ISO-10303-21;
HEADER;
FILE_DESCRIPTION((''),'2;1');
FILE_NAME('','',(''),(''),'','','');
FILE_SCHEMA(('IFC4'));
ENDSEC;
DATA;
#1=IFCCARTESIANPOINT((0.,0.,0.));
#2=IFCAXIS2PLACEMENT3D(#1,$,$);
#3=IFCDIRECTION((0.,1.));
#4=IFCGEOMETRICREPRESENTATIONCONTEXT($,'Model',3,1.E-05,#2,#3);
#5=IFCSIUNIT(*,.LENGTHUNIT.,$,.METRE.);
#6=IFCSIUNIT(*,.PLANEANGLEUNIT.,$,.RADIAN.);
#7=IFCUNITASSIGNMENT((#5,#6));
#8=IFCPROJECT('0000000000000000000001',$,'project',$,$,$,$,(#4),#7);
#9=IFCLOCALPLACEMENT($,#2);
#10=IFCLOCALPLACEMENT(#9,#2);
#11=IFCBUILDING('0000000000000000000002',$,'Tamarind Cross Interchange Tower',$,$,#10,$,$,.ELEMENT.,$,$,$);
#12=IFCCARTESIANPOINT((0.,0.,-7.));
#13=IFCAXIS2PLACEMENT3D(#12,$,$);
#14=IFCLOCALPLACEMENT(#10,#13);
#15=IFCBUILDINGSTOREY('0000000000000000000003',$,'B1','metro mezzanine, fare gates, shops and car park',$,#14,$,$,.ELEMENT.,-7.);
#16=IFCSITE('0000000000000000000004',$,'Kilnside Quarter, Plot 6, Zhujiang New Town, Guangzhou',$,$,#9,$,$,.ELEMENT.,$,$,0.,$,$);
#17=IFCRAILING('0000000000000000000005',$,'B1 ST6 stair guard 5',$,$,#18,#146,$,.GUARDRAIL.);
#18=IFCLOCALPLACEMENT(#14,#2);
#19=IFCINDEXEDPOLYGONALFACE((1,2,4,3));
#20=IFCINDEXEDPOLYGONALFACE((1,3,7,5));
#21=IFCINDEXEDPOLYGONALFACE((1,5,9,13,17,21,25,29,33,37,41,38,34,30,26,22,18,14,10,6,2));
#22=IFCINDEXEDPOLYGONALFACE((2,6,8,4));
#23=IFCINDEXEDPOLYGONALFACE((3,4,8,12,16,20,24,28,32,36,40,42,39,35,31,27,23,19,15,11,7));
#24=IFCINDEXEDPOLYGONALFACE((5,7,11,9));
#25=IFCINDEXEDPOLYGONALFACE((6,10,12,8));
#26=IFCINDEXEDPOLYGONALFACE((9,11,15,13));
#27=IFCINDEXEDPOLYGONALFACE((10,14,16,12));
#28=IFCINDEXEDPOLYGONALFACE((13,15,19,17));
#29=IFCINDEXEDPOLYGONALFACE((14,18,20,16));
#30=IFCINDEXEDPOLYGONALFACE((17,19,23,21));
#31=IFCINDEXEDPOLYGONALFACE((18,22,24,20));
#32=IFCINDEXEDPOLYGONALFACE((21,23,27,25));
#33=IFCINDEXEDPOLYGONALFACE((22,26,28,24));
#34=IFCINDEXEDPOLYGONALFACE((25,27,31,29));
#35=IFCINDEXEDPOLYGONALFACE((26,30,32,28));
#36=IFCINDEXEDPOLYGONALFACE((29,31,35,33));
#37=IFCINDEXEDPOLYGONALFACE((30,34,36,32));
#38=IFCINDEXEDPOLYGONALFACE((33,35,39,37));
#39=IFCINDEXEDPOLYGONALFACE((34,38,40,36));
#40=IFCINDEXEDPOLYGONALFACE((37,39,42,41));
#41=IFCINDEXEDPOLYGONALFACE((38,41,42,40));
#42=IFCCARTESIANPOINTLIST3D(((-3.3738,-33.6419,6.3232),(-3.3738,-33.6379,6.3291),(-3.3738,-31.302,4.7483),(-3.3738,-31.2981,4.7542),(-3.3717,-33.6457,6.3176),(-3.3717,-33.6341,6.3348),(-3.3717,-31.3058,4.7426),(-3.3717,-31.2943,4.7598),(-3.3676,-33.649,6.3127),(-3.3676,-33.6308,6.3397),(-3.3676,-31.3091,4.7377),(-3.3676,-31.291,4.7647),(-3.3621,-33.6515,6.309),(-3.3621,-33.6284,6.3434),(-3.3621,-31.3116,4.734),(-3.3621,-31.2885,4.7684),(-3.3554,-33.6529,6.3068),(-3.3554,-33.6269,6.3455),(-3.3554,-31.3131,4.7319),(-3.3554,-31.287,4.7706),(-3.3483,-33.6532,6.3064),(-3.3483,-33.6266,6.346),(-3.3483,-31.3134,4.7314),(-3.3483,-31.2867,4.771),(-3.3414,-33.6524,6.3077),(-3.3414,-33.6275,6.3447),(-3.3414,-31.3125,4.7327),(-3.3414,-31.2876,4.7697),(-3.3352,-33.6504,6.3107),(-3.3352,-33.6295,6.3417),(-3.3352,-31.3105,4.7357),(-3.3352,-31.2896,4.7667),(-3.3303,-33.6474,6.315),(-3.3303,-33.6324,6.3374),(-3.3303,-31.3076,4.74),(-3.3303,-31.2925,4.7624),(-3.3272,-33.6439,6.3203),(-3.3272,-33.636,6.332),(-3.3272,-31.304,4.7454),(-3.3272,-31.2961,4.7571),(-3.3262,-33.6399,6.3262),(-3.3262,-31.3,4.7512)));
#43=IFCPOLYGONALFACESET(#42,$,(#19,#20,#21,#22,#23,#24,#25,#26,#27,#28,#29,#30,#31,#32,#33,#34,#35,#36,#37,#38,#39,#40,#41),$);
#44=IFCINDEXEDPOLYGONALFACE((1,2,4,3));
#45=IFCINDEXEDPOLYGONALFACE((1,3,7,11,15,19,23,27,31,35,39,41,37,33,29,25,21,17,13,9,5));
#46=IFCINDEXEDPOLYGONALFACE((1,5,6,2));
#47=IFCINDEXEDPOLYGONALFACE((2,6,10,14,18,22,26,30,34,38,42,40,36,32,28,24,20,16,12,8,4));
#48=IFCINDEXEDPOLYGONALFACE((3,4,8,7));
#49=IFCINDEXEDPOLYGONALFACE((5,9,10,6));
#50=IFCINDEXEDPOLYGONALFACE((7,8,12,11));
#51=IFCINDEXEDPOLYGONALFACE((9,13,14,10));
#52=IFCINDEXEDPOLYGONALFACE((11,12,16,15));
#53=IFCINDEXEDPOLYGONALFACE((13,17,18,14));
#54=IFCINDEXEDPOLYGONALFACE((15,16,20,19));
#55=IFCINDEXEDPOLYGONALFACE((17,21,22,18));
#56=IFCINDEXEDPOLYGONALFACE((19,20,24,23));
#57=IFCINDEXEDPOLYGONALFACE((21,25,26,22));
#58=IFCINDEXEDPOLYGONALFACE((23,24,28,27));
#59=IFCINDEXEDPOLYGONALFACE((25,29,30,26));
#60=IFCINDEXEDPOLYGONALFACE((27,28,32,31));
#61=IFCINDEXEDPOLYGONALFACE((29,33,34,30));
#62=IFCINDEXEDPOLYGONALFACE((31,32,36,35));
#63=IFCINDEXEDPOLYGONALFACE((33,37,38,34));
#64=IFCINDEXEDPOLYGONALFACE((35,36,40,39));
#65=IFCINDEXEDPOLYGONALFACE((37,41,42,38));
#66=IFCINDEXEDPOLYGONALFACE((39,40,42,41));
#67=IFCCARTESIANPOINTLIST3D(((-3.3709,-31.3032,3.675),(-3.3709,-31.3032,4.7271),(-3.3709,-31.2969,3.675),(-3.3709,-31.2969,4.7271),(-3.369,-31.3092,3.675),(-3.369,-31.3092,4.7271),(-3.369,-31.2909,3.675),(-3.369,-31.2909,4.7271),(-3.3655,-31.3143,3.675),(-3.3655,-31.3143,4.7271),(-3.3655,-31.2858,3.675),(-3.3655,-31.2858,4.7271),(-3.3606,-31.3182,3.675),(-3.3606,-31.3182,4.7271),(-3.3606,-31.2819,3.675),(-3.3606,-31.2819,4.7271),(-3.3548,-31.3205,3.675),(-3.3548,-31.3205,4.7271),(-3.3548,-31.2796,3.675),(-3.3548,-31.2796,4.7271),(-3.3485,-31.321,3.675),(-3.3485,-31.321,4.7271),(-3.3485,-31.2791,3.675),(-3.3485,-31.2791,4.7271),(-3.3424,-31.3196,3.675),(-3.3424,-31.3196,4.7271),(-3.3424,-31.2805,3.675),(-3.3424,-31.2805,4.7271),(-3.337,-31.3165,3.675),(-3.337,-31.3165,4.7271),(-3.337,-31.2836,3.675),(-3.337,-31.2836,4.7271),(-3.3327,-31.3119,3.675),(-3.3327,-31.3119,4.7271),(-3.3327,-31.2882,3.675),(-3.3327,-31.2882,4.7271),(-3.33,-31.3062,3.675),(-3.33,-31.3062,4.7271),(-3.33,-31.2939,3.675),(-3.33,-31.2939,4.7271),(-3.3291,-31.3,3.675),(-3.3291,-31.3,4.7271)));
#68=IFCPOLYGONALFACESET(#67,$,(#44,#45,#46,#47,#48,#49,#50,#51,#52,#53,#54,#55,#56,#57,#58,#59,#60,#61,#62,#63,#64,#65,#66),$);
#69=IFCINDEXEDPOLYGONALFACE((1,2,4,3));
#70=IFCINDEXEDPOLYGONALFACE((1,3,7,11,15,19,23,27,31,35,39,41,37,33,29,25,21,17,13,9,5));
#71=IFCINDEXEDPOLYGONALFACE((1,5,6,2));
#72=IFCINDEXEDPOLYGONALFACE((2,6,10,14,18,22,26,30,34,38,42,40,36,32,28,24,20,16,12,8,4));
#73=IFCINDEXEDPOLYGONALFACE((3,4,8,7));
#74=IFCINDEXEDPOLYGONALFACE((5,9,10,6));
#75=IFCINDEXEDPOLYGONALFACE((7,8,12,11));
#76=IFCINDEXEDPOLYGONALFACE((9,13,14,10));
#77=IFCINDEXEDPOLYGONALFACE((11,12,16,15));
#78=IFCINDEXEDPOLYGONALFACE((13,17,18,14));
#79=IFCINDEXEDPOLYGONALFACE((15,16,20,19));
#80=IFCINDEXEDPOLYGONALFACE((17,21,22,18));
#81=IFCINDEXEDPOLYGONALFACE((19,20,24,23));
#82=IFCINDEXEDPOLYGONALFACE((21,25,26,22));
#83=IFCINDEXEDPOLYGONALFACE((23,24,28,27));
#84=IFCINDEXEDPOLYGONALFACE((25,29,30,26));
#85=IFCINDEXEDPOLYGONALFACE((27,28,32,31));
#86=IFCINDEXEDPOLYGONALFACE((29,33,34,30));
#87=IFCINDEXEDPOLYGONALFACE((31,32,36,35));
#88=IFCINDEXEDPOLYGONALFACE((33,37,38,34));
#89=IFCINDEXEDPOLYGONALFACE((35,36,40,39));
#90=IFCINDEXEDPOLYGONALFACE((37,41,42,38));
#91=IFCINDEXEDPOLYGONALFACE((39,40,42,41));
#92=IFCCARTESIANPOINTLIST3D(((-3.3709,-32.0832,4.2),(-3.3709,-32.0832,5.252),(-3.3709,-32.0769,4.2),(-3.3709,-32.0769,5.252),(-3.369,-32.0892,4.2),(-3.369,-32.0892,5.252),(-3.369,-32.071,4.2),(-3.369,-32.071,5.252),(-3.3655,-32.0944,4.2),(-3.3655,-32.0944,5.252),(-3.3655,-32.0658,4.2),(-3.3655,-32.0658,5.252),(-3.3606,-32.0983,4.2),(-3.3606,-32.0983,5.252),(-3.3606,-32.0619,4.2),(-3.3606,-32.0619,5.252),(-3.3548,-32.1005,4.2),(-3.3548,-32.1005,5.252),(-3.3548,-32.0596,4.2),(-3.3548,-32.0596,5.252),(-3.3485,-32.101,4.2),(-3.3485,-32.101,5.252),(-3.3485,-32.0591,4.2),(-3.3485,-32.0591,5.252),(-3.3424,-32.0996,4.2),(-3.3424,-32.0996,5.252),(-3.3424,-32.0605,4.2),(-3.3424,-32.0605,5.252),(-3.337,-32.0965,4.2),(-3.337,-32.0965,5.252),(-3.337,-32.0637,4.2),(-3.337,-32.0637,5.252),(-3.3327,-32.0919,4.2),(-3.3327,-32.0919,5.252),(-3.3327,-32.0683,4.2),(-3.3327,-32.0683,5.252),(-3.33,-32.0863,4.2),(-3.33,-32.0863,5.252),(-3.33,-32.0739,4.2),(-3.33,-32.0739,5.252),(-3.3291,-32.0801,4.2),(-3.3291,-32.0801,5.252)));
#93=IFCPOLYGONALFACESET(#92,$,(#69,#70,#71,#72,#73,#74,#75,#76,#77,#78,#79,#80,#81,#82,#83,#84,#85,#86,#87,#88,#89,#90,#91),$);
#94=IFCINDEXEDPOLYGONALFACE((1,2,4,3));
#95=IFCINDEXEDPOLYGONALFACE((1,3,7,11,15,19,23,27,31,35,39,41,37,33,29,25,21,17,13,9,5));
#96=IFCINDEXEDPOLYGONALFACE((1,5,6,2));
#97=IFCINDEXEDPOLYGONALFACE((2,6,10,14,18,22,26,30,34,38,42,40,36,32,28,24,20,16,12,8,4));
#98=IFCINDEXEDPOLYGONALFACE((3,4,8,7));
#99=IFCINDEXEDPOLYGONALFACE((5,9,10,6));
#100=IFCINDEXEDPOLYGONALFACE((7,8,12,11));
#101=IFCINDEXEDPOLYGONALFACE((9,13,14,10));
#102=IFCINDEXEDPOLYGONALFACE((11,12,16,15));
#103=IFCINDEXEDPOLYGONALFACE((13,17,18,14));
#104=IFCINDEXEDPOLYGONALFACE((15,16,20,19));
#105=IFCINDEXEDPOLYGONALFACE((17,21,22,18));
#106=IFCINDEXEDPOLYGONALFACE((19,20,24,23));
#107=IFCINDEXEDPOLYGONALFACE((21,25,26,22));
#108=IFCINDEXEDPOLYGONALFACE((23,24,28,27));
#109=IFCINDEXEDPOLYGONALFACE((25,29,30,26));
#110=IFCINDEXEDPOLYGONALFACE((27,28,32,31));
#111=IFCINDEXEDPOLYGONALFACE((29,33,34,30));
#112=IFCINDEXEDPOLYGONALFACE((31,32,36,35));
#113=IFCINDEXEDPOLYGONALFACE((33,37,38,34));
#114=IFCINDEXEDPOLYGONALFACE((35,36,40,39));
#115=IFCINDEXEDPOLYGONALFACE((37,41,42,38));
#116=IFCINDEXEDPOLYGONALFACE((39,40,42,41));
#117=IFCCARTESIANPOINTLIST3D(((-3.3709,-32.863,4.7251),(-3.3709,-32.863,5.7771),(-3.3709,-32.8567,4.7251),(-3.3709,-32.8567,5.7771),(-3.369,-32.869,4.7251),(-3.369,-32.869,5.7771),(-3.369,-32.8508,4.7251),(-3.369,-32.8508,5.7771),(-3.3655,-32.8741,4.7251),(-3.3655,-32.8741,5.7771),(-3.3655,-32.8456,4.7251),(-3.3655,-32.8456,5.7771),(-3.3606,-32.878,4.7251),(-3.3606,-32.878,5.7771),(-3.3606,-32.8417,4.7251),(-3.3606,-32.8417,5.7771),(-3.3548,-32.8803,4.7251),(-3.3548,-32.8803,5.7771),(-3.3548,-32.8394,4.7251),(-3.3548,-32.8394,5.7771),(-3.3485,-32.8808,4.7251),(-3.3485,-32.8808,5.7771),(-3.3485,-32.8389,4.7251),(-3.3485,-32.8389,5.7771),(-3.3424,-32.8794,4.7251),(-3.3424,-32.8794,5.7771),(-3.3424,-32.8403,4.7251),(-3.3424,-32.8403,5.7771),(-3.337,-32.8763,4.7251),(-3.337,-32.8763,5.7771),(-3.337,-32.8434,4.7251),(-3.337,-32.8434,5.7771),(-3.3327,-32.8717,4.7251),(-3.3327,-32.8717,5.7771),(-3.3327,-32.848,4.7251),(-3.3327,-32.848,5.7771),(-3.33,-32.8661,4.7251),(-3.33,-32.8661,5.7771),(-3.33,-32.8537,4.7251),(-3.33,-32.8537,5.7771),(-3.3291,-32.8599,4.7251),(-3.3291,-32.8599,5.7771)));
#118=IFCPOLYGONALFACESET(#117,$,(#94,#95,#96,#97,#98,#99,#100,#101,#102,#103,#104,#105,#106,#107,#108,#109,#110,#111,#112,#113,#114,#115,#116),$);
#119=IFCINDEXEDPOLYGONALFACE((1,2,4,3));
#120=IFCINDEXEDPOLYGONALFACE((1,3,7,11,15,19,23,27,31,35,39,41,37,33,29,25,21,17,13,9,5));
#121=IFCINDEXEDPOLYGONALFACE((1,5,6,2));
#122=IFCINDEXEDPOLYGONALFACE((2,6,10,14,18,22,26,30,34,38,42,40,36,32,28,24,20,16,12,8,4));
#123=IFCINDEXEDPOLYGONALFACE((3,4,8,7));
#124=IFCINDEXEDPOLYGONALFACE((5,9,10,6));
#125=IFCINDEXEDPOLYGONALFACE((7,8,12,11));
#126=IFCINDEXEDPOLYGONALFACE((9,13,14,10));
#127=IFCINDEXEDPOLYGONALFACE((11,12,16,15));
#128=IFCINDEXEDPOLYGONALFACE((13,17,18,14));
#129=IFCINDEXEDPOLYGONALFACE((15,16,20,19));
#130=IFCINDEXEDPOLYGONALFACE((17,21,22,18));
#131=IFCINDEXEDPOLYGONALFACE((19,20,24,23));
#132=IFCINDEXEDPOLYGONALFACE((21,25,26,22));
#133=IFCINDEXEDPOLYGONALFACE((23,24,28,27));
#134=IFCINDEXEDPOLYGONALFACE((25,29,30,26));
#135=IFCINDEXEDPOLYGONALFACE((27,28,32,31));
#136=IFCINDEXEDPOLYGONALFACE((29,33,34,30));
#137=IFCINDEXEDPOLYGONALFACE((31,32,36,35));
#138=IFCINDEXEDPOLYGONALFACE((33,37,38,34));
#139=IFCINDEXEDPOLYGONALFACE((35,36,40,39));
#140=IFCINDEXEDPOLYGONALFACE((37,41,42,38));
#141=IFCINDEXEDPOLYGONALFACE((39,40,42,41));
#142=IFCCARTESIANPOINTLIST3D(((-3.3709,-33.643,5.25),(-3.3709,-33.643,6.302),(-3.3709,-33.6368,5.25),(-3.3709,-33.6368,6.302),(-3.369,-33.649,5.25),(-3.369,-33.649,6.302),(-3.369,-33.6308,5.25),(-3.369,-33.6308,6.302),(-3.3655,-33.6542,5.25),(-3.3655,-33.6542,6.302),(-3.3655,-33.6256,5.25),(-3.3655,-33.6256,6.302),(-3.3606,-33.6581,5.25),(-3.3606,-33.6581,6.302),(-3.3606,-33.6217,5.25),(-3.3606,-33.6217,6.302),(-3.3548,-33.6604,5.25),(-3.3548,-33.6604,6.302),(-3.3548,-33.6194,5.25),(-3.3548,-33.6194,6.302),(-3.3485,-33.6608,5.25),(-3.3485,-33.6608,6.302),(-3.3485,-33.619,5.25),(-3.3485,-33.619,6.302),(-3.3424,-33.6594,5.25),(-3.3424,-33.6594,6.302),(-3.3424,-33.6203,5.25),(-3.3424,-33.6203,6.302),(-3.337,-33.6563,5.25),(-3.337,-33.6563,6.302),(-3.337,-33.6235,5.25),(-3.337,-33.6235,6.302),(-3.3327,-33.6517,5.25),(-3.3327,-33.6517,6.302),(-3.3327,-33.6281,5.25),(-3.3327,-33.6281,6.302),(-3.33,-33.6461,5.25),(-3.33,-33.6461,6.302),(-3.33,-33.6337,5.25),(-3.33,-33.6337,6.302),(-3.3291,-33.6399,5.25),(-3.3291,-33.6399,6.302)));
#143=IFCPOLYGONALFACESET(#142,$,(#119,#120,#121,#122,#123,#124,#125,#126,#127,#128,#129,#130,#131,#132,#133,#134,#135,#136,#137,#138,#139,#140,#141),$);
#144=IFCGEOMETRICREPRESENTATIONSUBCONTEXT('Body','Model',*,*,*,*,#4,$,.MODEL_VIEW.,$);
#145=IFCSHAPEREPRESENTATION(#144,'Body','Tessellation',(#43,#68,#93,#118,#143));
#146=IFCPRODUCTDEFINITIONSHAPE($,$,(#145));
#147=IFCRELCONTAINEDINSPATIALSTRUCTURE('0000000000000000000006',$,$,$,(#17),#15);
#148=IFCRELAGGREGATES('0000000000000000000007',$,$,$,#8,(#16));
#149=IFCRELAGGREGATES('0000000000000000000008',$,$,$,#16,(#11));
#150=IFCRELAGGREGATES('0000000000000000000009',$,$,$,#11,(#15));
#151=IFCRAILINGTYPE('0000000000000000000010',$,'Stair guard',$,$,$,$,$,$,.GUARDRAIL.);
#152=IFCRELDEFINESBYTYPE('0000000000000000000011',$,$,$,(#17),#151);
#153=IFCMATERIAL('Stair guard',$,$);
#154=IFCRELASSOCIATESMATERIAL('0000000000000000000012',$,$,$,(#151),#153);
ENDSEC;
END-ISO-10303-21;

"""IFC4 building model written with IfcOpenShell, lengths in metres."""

from ifc_helpers import new_model, si_unit, direction, frame, origin, origin_2d, place, context, subcontext, project, spatial, circle, extrude, material, type_object, element, save


model = new_model("IFC4")

# Units and contexts
model_context = context("Model", 3, precision=1e-05, world=origin(), true_north=direction((0.0, 1.0)))
body_context = subcontext(model_context, "Body", "Model", "MODEL_VIEW")
ifc_project = project(units=[si_unit("LENGTHUNIT", "METRE"), si_unit("PLANEANGLEUNIT", "RADIAN")], contexts=[model_context])

# Site, building, storey
site_placement = place(None, origin())
site = spatial("IfcSite", under=ifc_project, at=site_placement, Name="Kilnside Quarter, Plot 6, Zhujiang New Town, Guangzhou", CompositionType="ELEMENT", RefElevation=0.0)
building_placement = place(site_placement, origin())
building = spatial("IfcBuilding", under=site, at=building_placement, Name="Tamarind Cross Interchange Tower", CompositionType="ELEMENT")
storey_placement = place(building_placement, frame((0.0, 0.0, -7.0)))
storey = spatial("IfcBuildingStorey", under=building, at=storey_placement, Name="B1", Description="metro mezzanine, fare gates, shops and car park", CompositionType="ELEMENT", Elevation=-7.0)

# Railing
ifc_material_1 = material(Name="Stair guard")
railing_type_1 = type_object("IfcRailingType", Name="Stair guard", PredefinedType="GUARDRAIL", material=ifc_material_1)
railing_1_placement = place(storey_placement, frame((-3.3501, -31.3, 3.675)))
element("IfcRailing", 1, at=railing_1_placement, inside=storey, type_object=railing_type_1, Name="B1 ST6 stair guard 5", PredefinedType="GUARDRAIL", context=body_context, shape_type="SweptSolid", body=[
    extrude(circle(Radius=0.0239, at=origin_2d()), frame((0.0, 0.0, 1.0762), z_axis=(0.0, -0.829578, 0.55839), x_axis=(1.0, 0.0, 0.0)), (0.0, 0.0, 1.0), 2.8206),
    extrude(circle(Radius=0.021, at=origin_2d()), origin(), (0.0, 0.0, 1.0), 1.052),
    extrude(circle(Radius=0.021, at=origin_2d()), frame((0.0, -0.78, 0.5249)), (0.0, 0.0, 1.0), 1.052),
    extrude(circle(Radius=0.021, at=origin_2d()), frame((0.0, -1.5598, 1.05)), (0.0, 0.0, 1.0), 1.052),
    extrude(circle(Radius=0.021, at=origin_2d()), frame((0.0, -2.3398, 1.575)), (0.0, 0.0, 1.0), 1.052),
])

save(model, "model.ifc")
